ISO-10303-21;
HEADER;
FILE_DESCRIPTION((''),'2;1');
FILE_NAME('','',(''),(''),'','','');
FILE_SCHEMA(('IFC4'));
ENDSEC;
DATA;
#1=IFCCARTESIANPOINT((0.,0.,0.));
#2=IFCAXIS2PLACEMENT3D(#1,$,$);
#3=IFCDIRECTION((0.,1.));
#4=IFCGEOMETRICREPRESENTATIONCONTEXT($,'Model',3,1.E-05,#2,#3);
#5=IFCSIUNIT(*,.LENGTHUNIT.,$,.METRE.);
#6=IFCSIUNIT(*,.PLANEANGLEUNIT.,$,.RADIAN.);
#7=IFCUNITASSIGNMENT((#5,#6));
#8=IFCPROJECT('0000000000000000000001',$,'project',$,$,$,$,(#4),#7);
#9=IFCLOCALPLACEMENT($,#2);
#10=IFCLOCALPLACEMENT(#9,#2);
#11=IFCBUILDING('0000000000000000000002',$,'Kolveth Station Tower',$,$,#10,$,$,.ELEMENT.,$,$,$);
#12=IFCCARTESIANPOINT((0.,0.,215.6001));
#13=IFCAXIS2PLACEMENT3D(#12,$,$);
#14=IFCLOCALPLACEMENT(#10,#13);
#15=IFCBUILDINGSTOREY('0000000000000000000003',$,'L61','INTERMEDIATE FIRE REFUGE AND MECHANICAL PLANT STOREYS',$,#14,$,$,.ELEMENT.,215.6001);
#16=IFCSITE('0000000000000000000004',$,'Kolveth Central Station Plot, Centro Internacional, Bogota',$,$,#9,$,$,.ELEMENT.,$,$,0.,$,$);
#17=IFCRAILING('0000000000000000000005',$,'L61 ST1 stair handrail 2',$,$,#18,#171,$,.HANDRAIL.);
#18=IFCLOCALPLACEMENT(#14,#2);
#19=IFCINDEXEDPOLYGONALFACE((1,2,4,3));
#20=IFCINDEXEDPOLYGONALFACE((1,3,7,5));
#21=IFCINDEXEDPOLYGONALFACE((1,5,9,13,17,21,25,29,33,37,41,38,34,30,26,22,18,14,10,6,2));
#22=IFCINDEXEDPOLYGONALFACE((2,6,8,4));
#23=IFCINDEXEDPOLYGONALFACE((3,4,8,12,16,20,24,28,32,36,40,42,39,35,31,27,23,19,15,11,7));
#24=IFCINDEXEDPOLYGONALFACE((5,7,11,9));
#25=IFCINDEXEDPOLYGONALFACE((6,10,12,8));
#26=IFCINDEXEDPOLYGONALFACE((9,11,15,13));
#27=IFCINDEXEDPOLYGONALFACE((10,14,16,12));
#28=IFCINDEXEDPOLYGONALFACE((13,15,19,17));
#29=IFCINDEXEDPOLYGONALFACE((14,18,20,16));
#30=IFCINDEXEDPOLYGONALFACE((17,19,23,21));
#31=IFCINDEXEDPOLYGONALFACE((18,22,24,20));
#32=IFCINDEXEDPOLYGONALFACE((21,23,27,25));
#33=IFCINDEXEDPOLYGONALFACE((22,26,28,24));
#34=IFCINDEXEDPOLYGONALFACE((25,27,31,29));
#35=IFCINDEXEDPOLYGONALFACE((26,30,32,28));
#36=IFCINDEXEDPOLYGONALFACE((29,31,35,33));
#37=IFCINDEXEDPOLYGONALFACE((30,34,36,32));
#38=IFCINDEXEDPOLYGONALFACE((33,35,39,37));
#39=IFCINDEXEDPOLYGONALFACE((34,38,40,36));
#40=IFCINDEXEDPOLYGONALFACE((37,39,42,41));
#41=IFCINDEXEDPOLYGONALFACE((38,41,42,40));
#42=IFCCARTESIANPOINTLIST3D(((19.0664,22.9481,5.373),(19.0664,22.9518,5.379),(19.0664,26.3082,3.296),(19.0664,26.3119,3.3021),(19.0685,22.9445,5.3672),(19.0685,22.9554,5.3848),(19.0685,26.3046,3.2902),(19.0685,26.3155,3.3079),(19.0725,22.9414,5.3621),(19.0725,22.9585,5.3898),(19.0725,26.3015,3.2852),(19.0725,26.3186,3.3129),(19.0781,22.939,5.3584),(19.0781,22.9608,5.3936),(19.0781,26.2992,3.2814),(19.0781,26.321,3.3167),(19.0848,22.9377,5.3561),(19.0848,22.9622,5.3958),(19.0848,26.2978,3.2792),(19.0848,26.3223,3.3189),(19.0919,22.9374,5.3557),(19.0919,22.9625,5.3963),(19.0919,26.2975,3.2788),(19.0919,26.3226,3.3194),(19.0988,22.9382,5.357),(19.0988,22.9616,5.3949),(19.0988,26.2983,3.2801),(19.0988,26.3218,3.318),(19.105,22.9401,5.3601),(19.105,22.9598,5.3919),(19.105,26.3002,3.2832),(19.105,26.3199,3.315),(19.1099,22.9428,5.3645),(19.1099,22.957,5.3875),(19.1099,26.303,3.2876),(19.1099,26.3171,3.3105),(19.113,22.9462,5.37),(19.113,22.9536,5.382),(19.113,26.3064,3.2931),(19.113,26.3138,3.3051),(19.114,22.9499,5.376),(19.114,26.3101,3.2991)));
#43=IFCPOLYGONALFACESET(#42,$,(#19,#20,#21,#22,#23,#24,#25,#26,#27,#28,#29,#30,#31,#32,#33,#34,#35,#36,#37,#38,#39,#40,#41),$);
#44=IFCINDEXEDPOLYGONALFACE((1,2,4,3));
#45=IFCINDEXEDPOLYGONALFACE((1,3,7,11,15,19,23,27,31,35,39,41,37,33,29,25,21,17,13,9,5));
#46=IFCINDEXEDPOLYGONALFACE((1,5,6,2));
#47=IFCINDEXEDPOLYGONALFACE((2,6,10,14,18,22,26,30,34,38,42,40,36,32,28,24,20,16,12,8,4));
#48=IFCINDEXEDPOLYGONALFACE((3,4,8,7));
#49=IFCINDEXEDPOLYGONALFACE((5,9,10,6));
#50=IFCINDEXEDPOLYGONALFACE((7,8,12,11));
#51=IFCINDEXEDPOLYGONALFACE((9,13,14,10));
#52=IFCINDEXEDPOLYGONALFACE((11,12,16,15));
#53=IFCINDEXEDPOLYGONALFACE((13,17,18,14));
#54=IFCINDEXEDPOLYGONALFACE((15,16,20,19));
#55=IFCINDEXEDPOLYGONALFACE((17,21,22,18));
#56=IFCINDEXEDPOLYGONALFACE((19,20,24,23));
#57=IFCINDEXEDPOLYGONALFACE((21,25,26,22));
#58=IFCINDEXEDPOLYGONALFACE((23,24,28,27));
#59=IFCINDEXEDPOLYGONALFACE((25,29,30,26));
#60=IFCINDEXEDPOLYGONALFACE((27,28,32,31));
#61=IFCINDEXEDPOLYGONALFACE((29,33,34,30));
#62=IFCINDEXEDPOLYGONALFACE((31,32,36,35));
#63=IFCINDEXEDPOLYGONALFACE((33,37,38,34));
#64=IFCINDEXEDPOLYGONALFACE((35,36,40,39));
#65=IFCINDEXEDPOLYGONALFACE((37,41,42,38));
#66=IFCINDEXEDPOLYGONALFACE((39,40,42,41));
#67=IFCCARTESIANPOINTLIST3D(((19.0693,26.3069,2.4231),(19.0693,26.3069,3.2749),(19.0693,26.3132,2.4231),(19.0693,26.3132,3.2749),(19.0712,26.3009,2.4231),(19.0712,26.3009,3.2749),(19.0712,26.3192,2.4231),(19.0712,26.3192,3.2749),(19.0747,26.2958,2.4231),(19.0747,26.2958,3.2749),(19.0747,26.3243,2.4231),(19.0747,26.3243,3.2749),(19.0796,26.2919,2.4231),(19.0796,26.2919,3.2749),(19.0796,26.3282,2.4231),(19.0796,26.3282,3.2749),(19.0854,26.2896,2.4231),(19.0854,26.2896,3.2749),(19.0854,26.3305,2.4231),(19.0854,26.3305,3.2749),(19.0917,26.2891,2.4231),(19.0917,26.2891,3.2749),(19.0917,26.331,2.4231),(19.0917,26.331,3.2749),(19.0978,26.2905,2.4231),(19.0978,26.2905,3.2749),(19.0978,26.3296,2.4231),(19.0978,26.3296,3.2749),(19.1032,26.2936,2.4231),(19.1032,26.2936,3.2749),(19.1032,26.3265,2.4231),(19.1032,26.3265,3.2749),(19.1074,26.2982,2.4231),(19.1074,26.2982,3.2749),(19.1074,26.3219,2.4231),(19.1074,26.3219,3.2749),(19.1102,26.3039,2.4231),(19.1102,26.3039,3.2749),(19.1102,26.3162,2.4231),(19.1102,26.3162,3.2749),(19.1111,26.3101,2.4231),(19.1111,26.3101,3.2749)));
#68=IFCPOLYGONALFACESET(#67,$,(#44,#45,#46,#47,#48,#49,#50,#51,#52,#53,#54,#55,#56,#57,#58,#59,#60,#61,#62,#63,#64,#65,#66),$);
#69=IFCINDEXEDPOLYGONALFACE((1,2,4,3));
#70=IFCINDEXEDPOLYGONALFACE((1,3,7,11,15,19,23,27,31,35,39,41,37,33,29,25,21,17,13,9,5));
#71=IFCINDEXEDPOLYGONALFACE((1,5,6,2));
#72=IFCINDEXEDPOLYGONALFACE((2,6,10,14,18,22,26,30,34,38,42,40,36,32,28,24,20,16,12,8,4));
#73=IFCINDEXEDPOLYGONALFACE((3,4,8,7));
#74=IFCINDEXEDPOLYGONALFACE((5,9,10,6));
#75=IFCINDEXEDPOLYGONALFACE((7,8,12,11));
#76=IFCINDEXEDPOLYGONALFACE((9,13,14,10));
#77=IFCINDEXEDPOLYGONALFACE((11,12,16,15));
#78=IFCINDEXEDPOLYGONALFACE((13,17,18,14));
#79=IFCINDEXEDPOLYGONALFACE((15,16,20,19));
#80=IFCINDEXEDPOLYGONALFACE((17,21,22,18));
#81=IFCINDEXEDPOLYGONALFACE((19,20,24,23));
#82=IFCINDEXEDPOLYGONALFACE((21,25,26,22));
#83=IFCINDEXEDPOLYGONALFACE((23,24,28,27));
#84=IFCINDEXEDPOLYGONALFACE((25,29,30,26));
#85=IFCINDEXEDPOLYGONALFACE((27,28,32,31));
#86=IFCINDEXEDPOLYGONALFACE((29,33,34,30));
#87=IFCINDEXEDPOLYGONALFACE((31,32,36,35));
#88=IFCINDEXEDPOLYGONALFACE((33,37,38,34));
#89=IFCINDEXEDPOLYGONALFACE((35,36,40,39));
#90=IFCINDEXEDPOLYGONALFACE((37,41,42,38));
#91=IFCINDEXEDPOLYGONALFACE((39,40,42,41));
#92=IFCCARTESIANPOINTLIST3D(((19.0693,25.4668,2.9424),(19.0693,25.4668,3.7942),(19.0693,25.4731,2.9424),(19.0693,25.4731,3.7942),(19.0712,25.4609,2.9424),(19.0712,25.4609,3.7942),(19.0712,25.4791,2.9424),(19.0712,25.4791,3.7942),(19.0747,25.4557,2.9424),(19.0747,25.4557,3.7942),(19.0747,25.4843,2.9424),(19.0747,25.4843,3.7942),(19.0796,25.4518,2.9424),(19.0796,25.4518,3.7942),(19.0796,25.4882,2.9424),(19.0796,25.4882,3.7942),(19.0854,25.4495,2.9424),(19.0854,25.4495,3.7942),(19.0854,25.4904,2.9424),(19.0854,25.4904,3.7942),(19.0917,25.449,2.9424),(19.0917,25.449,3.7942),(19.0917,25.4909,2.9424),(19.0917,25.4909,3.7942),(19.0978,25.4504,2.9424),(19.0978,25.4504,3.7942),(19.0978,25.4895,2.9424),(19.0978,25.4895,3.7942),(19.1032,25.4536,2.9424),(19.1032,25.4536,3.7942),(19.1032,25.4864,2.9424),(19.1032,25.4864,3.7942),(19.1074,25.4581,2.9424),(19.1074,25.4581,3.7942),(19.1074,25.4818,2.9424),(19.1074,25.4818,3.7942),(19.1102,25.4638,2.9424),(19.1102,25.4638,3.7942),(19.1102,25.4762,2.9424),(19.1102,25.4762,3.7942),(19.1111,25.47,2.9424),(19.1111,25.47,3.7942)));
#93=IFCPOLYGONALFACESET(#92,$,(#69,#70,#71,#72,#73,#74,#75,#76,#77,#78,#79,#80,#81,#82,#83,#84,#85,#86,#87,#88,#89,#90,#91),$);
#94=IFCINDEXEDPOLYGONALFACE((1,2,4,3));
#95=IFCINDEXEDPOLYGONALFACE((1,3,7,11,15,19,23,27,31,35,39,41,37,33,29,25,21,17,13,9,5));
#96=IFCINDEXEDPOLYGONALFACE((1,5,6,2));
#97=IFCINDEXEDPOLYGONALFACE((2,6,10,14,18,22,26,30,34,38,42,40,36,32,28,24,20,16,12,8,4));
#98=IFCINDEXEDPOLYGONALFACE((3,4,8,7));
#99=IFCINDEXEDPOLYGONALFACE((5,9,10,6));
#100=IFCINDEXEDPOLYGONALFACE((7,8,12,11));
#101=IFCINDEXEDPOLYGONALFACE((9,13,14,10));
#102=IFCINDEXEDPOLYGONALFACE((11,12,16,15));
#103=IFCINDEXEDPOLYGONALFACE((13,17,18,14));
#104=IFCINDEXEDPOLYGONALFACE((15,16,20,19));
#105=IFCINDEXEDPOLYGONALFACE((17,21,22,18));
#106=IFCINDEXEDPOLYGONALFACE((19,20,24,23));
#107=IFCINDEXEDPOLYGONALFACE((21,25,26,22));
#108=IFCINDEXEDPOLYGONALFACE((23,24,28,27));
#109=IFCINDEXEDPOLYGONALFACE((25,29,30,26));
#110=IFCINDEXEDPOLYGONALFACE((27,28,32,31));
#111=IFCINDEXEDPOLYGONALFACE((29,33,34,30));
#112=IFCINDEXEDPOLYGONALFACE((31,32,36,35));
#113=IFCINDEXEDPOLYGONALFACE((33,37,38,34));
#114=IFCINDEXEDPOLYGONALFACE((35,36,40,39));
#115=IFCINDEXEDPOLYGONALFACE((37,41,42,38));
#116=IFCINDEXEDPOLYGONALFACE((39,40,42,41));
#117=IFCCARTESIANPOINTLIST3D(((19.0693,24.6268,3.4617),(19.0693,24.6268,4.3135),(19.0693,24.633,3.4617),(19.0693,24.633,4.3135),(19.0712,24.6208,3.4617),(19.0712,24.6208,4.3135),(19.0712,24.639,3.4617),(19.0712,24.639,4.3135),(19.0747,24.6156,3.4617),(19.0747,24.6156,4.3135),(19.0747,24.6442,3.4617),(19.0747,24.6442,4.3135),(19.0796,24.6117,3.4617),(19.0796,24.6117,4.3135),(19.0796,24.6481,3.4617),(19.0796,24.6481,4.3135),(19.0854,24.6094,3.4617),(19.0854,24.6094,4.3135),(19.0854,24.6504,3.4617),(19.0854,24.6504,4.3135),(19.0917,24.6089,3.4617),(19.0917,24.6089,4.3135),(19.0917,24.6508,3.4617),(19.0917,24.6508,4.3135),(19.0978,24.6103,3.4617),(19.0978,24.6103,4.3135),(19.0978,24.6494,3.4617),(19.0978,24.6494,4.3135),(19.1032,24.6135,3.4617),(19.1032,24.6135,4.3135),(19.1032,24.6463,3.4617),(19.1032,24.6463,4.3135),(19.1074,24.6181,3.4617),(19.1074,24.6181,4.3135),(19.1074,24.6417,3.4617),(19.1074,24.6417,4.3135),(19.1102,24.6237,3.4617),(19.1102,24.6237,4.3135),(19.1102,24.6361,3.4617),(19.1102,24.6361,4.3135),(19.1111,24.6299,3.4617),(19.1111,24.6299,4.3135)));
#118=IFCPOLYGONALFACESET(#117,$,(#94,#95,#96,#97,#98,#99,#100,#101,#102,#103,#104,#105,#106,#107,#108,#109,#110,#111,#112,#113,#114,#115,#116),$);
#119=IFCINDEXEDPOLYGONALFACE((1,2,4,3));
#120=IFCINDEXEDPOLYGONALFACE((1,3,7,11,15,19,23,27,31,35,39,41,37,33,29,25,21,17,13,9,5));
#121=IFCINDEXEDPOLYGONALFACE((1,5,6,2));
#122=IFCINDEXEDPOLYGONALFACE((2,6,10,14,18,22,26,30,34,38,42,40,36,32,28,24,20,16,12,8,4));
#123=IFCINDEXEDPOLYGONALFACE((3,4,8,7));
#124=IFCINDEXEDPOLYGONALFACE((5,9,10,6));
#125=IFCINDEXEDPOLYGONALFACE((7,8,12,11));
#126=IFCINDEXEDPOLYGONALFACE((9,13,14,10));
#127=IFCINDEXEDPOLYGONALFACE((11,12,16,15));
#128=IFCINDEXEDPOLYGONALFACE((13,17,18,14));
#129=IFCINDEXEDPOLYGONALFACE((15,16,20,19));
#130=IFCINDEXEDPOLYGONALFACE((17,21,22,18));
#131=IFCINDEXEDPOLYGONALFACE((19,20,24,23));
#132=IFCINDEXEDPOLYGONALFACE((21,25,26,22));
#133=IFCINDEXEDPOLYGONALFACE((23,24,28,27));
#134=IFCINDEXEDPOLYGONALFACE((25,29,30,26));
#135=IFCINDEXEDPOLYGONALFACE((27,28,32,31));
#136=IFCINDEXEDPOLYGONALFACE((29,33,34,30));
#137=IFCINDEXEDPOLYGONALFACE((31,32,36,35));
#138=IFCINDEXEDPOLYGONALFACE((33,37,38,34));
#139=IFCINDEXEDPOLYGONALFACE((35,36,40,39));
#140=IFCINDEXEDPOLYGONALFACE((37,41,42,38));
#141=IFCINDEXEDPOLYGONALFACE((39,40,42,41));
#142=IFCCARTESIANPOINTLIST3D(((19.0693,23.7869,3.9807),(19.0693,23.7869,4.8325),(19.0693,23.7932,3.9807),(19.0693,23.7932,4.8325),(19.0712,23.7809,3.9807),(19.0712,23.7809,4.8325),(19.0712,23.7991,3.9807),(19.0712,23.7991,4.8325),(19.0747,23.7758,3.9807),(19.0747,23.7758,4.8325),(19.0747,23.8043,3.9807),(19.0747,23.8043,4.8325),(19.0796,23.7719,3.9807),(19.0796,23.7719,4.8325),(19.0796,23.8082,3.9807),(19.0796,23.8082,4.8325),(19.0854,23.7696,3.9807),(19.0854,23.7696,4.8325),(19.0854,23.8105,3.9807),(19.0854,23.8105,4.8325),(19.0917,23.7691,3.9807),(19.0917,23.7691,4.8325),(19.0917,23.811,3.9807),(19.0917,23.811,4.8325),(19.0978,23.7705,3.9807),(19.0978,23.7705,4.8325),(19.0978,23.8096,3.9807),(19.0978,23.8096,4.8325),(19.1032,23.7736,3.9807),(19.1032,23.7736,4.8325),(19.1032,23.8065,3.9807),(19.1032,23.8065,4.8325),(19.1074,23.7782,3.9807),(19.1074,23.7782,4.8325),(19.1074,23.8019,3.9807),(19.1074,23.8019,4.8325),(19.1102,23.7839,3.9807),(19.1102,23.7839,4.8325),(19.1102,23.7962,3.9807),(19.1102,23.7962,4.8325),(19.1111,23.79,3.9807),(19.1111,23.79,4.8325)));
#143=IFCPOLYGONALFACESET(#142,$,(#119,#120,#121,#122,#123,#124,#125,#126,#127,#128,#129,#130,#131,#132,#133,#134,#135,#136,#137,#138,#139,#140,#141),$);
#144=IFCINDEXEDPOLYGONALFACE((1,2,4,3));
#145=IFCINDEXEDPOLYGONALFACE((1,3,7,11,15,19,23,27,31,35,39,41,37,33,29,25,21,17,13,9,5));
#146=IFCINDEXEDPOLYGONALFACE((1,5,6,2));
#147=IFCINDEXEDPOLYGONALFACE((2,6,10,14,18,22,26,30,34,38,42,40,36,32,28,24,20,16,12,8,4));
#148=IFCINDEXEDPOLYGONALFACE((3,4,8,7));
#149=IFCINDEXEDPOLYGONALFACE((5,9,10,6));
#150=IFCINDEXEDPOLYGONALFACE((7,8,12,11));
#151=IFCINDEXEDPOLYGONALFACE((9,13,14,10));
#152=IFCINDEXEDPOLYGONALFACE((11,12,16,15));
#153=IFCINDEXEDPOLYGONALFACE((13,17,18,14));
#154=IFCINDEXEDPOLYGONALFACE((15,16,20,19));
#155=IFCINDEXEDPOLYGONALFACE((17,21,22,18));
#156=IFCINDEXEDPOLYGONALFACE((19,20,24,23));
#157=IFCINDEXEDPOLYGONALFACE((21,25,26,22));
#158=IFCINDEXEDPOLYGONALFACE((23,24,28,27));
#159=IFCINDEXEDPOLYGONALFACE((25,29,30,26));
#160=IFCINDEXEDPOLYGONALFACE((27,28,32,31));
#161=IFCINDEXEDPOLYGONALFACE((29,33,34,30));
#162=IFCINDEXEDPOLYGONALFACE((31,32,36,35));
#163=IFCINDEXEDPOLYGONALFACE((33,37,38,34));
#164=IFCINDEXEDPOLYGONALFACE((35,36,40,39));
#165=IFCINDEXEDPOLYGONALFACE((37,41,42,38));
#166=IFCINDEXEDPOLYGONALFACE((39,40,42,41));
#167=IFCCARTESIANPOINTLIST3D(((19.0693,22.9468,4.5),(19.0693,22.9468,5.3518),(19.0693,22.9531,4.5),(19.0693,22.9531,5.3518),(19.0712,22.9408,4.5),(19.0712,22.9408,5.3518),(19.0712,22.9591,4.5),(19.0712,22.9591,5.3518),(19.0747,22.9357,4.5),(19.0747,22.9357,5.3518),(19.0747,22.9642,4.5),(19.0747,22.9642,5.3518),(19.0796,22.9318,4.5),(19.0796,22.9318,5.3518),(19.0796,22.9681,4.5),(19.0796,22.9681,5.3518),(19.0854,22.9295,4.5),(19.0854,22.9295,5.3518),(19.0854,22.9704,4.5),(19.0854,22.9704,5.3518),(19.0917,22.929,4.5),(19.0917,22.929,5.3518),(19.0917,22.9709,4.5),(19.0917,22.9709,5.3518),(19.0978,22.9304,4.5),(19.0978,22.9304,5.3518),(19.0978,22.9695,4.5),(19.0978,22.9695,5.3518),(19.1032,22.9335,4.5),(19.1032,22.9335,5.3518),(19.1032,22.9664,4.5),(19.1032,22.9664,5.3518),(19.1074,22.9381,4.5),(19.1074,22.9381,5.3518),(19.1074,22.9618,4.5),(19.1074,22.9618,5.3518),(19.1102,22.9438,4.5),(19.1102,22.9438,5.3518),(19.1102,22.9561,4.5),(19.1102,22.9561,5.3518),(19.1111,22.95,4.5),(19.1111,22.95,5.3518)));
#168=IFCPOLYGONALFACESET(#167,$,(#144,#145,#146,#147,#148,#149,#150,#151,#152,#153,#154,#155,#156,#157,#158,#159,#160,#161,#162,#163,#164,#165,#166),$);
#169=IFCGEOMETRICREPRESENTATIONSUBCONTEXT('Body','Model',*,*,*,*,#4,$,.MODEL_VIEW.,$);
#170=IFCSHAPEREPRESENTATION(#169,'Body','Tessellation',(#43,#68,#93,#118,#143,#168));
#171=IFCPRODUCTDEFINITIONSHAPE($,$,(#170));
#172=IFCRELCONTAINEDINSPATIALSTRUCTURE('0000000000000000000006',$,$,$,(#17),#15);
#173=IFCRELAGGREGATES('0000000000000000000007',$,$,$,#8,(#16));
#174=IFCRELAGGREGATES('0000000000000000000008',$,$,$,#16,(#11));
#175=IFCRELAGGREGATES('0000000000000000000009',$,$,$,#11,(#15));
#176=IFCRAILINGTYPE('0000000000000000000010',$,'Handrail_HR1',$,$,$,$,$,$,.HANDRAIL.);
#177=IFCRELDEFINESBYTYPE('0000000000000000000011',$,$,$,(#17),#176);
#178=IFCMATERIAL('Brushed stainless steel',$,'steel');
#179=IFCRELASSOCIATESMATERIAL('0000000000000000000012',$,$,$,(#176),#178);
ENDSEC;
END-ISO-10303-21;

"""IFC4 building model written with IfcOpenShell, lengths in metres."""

from ifc_helpers import new_model, si_unit, direction, frame, origin, origin_2d, place, context, subcontext, project, spatial, circle, extrude, material, type_object, element, save


model = new_model("IFC4")

# Units and contexts
model_context = context("Model", 3, precision=1e-05, world=origin(), true_north=direction((0.0, 1.0)))
body_context = subcontext(model_context, "Body", "Model", "MODEL_VIEW")
ifc_project = project(units=[si_unit("LENGTHUNIT", "METRE"), si_unit("PLANEANGLEUNIT", "RADIAN")], contexts=[model_context])

# Site, building, storey
site_placement = place(None, origin())
site = spatial("IfcSite", under=ifc_project, at=site_placement, Name="Kolveth Central Station Plot, Centro Internacional, Bogota", CompositionType="ELEMENT", RefElevation=0.0)
building_placement = place(site_placement, origin())
building = spatial("IfcBuilding", under=site, at=building_placement, Name="Kolveth Station Tower", CompositionType="ELEMENT")
storey_placement = place(building_placement, frame((0.0, 0.0, 215.6001)))
storey = spatial("IfcBuildingStorey", under=building, at=storey_placement, Name="L61", Description="INTERMEDIATE FIRE REFUGE AND MECHANICAL PLANT STOREYS", CompositionType="ELEMENT", Elevation=215.6001)

# Railing
ifc_material_1 = material(Name="Brushed stainless steel", Category="steel")
railing_type_1 = type_object("IfcRailingType", Name="Handrail_HR1", PredefinedType="HANDRAIL", material=ifc_material_1)
railing_1_placement = place(storey_placement, frame((19.0901, 26.3101, 2.4231)))
element("IfcRailing", 1, at=railing_1_placement, inside=storey, type_object=railing_type_1, Name="L61 ST1 stair handrail 2", PredefinedType="HANDRAIL", context=body_context, shape_type="SweptSolid", body=[
    extrude(circle(Radius=0.0239, at=origin_2d()), frame((0.0, 0.0, 0.876), z_axis=(0.0, -0.850623, 0.525776), x_axis=(1.0, 0.0, 0.0)), (0.0, 0.0, 1.0), 3.9502),
    extrude(circle(Radius=0.021, at=origin_2d()), origin(), (0.0, 0.0, 1.0), 0.8518),
    extrude(circle(Radius=0.021, at=origin_2d()), frame((0.0, -0.8401, 0.5193)), (0.0, 0.0, 1.0), 0.8518),
    extrude(circle(Radius=0.021, at=origin_2d()), frame((0.0, -1.6802, 1.0386)), (0.0, 0.0, 1.0), 0.8518),
    extrude(circle(Radius=0.021, at=origin_2d()), frame((0.0, -2.52, 1.5576)), (0.0, 0.0, 1.0), 0.8518),
    extrude(circle(Radius=0.021, at=origin_2d()), frame((0.0, -3.3601, 2.0769)), (0.0, 0.0, 1.0), 0.8518),
])

save(model, "model.ifc")
